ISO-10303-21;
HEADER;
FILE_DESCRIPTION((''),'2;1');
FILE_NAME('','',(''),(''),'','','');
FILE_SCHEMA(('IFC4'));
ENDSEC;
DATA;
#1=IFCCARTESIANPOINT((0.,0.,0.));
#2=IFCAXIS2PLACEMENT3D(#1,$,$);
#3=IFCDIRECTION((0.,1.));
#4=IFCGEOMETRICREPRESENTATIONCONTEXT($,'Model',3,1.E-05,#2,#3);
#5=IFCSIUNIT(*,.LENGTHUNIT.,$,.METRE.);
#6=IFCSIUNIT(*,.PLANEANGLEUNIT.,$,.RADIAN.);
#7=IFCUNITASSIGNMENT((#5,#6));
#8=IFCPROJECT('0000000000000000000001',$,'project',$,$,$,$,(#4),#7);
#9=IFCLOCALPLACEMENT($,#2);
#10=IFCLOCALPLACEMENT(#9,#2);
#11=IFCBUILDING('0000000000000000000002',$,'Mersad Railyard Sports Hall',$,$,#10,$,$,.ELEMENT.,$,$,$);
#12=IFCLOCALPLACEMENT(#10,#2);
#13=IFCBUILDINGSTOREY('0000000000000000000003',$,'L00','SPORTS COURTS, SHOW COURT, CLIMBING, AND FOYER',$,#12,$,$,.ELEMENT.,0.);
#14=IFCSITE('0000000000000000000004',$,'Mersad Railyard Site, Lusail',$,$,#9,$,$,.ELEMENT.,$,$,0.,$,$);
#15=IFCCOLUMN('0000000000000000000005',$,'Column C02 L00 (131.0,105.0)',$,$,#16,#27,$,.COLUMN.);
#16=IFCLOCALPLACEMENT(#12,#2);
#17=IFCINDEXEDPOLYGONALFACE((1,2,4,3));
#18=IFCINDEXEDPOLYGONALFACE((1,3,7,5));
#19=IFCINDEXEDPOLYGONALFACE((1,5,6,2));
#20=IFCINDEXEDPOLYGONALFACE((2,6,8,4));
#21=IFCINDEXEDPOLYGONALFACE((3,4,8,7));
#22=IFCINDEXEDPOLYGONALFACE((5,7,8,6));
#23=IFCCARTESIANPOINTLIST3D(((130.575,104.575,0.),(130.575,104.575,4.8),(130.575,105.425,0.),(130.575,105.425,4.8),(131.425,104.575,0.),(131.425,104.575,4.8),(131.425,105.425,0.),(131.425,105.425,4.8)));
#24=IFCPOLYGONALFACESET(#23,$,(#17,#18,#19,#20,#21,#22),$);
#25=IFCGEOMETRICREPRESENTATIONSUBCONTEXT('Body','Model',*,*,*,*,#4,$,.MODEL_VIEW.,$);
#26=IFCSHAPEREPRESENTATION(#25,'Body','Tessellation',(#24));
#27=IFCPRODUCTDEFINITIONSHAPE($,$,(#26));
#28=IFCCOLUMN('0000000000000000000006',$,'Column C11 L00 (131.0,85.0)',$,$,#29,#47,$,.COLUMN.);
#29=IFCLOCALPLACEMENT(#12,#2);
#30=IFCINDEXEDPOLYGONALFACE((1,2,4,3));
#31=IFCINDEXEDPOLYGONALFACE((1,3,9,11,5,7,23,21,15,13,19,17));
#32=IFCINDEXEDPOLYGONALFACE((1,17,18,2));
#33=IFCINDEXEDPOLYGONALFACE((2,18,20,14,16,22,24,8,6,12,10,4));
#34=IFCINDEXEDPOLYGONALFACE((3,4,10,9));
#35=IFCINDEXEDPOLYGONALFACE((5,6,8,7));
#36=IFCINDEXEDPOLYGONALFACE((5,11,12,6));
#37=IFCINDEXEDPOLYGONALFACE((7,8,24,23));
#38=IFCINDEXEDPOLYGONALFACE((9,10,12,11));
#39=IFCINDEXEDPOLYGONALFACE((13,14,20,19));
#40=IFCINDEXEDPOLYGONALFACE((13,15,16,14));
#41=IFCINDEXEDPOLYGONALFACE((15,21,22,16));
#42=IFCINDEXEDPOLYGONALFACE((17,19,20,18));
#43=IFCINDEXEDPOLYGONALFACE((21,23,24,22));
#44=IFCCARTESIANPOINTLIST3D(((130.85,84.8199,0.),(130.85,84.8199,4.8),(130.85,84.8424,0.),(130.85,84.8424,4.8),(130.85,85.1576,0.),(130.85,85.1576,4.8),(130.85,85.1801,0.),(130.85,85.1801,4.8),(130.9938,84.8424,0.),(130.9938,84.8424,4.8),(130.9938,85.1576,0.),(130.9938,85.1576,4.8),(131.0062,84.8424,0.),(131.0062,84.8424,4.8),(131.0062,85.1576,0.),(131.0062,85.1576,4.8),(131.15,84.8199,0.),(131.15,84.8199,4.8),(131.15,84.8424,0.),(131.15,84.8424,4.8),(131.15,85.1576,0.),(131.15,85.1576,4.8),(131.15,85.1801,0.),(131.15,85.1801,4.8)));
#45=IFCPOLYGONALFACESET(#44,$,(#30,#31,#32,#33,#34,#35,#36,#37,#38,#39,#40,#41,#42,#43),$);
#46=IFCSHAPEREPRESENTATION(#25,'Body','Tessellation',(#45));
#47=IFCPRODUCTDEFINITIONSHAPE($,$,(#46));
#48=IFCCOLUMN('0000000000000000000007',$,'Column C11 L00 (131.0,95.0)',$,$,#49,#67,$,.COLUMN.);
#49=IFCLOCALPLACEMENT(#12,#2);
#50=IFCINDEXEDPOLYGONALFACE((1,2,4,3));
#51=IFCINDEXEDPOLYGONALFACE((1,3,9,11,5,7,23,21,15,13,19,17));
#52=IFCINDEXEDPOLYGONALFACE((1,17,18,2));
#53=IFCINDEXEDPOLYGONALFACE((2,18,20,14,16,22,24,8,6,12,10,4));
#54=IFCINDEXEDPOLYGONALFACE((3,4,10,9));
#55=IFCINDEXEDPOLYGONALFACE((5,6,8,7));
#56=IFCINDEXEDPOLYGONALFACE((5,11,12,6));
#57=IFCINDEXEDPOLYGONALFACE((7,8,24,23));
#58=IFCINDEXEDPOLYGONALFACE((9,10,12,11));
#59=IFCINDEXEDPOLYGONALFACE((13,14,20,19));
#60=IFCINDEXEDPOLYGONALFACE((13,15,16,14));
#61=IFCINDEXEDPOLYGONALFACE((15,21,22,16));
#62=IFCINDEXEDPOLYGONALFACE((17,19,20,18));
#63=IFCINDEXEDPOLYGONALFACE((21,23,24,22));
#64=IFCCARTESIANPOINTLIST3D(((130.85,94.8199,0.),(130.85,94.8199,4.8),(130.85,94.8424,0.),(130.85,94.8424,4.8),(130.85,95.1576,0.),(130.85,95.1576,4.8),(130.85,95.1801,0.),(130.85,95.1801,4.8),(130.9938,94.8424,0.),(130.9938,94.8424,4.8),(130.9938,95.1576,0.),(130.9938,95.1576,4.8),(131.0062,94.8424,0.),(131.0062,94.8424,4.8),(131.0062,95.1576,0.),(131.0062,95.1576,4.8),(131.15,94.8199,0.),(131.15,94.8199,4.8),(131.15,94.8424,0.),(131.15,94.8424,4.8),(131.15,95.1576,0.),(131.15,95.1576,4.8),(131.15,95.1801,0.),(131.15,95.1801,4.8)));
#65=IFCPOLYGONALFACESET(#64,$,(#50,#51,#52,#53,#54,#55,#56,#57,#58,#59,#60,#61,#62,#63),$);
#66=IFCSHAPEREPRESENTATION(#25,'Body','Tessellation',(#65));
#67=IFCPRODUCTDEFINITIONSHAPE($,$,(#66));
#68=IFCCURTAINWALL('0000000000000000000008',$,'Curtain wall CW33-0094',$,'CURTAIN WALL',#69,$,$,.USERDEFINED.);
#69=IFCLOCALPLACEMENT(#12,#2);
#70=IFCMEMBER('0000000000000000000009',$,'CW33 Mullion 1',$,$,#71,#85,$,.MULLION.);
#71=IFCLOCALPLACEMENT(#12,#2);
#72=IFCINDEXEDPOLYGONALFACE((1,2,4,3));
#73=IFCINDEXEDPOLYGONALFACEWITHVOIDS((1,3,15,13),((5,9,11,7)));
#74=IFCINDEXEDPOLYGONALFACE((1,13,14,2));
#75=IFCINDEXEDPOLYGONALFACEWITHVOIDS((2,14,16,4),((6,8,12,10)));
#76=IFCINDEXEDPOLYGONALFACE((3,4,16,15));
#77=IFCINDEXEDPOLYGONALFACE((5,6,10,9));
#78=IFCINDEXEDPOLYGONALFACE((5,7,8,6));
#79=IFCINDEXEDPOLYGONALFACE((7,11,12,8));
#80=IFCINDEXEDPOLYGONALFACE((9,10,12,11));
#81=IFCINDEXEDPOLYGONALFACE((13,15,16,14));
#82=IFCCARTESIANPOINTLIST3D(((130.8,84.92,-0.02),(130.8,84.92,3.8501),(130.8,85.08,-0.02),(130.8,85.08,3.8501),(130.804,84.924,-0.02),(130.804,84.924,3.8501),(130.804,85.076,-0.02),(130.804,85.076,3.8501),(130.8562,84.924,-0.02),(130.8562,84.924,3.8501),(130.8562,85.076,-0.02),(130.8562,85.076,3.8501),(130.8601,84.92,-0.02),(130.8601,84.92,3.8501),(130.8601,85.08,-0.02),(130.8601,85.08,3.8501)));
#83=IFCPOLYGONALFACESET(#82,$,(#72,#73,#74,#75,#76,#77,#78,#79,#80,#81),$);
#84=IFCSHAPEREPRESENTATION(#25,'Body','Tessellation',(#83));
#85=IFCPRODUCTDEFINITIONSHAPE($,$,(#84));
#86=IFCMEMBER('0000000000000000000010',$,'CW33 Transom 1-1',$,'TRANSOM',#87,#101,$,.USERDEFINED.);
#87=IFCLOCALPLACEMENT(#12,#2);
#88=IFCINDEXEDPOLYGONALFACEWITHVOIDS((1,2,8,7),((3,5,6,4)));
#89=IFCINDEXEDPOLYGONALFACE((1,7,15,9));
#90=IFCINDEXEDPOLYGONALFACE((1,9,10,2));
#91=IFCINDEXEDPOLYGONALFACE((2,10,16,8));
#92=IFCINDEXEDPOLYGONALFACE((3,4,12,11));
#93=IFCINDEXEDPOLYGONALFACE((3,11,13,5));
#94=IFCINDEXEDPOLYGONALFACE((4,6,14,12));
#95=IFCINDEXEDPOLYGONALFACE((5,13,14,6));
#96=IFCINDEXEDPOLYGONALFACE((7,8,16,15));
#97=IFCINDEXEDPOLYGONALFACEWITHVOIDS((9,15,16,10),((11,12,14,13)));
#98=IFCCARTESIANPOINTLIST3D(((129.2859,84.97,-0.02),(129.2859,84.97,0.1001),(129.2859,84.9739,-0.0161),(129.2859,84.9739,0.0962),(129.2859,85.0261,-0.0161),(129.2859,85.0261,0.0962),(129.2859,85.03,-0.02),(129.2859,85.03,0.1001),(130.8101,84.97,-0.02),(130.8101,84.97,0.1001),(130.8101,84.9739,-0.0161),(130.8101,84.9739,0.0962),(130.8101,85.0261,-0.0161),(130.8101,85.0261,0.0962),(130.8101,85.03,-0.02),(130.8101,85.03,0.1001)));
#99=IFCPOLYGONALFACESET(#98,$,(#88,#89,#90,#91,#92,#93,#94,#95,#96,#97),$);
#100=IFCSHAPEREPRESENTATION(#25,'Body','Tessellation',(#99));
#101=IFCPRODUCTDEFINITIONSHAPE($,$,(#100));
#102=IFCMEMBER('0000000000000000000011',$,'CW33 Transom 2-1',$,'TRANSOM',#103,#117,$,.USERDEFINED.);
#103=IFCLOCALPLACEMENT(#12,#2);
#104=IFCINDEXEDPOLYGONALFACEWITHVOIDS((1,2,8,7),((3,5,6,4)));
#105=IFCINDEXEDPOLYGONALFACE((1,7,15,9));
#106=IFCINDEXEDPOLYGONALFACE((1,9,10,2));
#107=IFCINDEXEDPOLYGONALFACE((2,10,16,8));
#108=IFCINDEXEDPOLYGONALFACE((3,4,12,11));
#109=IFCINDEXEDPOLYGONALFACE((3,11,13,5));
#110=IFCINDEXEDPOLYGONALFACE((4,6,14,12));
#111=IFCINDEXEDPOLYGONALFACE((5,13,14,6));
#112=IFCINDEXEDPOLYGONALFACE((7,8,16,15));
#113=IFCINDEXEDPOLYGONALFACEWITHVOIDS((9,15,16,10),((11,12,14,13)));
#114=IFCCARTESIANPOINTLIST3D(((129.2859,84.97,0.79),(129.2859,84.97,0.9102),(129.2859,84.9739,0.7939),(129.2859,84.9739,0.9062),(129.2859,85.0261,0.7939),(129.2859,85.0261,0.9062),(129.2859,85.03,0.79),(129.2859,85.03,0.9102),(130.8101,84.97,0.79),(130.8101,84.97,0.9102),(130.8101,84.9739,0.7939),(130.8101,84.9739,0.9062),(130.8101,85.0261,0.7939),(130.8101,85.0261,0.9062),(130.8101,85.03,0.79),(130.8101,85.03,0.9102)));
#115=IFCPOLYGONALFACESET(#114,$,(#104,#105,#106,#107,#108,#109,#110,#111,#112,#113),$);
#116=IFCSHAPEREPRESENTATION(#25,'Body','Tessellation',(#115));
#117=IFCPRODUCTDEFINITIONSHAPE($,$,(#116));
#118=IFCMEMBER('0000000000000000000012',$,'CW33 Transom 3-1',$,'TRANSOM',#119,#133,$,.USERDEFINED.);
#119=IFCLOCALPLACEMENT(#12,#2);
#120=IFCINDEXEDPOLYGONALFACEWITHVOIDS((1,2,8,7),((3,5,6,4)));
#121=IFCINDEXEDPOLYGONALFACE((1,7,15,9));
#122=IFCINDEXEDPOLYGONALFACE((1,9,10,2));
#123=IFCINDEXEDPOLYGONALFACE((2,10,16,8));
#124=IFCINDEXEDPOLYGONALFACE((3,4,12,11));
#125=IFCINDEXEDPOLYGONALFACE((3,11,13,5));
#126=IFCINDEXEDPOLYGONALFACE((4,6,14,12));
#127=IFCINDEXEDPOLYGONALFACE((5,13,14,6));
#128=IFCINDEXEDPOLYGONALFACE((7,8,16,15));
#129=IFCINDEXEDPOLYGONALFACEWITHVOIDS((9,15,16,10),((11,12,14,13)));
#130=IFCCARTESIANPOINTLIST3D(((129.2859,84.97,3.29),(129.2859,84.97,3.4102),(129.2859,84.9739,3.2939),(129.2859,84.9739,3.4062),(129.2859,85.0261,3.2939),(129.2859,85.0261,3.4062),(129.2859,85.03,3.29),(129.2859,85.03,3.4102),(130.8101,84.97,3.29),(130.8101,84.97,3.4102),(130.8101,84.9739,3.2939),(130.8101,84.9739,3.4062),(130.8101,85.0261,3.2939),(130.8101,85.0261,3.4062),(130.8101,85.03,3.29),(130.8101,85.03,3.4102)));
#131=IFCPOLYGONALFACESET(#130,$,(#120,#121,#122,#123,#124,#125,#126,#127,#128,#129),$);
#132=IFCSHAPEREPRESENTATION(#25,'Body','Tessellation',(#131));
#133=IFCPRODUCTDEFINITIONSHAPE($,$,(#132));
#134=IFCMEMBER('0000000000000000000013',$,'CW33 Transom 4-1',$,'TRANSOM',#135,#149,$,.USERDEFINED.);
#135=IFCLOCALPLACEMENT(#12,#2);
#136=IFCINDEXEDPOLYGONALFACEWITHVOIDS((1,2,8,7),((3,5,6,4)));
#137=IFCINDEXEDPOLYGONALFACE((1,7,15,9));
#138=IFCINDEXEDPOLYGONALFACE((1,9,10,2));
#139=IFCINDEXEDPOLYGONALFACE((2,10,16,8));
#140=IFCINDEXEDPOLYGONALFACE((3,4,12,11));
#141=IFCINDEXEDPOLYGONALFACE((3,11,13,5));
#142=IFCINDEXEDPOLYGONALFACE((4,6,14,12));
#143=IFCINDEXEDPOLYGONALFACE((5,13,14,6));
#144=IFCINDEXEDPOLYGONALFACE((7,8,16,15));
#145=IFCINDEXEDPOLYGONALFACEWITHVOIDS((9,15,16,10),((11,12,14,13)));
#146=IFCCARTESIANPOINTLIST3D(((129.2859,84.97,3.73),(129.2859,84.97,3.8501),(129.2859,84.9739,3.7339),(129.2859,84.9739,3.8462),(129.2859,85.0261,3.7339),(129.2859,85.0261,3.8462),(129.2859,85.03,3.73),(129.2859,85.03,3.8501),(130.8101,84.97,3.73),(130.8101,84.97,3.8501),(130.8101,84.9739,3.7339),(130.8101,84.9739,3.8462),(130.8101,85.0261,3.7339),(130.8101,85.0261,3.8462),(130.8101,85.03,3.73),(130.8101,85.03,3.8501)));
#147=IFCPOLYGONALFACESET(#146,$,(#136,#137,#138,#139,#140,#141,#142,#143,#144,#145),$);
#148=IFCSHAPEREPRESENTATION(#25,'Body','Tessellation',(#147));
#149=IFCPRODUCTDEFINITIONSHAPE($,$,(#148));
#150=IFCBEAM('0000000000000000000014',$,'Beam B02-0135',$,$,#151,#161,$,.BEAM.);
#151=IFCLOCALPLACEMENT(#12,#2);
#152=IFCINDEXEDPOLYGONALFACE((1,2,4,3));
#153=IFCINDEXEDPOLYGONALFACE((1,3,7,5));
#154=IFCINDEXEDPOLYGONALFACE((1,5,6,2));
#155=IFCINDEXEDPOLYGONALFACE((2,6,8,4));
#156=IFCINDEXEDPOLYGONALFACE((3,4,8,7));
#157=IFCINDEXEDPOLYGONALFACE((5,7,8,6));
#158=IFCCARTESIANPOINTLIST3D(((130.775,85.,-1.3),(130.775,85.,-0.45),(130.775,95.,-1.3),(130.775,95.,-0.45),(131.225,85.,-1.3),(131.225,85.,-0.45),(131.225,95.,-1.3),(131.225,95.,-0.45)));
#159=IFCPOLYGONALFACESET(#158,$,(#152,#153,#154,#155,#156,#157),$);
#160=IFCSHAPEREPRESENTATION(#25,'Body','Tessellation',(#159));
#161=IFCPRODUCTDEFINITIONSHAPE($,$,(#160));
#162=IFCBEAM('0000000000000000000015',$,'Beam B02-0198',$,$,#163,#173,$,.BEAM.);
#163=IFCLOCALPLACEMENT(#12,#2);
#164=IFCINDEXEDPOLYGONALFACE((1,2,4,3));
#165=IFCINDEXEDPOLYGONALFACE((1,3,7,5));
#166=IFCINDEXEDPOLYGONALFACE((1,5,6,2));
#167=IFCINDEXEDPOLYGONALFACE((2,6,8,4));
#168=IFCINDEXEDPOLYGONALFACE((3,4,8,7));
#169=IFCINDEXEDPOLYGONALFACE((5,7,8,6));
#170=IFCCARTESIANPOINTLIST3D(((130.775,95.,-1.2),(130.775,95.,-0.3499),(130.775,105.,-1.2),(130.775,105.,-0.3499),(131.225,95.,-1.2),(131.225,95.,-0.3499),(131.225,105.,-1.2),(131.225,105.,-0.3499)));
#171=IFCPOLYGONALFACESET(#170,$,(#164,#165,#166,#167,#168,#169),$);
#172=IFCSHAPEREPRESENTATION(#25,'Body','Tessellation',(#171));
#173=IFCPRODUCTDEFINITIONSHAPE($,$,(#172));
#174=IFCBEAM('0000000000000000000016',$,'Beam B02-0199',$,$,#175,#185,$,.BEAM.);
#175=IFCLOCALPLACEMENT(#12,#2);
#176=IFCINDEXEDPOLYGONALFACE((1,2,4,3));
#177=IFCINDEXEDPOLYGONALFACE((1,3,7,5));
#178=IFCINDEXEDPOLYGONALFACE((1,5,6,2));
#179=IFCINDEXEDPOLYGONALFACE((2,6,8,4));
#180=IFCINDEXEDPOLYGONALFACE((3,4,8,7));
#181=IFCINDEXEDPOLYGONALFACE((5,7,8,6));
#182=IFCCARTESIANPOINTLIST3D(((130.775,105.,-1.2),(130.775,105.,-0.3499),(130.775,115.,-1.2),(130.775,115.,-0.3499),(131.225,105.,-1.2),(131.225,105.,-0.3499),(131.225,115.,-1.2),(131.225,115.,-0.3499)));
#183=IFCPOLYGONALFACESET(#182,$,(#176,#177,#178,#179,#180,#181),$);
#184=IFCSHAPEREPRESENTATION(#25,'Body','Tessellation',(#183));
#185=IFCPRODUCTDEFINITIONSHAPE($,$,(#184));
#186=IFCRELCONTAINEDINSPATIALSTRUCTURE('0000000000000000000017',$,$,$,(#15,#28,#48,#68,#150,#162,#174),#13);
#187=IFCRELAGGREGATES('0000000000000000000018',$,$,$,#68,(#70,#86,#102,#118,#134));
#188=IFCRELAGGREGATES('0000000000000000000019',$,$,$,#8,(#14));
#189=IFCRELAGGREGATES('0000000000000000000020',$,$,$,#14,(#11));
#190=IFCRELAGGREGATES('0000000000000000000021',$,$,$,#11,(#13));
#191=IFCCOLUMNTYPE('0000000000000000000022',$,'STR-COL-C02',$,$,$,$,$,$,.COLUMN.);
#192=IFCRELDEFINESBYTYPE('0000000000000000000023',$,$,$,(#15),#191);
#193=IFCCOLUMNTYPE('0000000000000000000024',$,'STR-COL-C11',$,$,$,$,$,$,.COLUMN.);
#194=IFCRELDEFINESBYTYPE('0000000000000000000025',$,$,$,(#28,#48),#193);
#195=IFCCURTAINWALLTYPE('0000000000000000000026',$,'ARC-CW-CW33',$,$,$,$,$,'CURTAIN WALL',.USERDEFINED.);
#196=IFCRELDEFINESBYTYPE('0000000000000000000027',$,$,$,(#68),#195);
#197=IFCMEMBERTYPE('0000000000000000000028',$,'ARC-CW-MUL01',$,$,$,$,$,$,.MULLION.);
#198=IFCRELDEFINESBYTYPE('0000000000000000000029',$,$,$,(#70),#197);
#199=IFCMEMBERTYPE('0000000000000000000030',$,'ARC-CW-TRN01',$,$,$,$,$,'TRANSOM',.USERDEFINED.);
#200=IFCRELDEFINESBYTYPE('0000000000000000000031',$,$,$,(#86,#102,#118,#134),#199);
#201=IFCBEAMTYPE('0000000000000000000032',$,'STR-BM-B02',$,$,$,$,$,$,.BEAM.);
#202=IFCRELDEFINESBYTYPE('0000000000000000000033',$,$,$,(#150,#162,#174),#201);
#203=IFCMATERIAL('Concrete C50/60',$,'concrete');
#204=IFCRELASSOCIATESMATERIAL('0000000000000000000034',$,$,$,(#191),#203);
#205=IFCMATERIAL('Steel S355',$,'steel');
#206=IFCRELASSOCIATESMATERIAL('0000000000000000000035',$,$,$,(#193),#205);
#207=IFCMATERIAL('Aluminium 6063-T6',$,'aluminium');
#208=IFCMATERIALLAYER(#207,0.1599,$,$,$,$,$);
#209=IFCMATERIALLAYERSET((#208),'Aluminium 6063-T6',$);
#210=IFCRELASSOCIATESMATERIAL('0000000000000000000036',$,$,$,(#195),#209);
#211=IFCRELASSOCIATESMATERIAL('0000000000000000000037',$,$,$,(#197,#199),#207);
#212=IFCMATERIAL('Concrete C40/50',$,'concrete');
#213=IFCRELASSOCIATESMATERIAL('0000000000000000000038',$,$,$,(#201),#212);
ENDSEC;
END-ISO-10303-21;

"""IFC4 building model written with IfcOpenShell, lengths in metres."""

from ifc_helpers import new_model, si_unit, direction, frame, origin, origin_2d, place, context, subcontext, project, spatial, rectangle, hollow_rectangle, i_section, extrude, material, layer, layer_set, material_profile, profile_set, type_object, element, aggregate, save


model = new_model("IFC4")

# Units and contexts
model_context = context("Model", 3, precision=1e-05, world=origin(), true_north=direction((0.0, 1.0)))
body_context = subcontext(model_context, "Body", "Model", "MODEL_VIEW")
ifc_project = project(units=[si_unit("LENGTHUNIT", "METRE"), si_unit("PLANEANGLEUNIT", "RADIAN")], contexts=[model_context])

# Site, building, storey
site_placement = place(None, origin())
site = spatial("IfcSite", under=ifc_project, at=site_placement, Name="Mersad Railyard Site, Lusail", CompositionType="ELEMENT", RefElevation=0.0)
building_placement = place(site_placement, origin())
building = spatial("IfcBuilding", under=site, at=building_placement, Name="Mersad Railyard Sports Hall", CompositionType="ELEMENT")
storey_placement = place(building_placement, origin())
storey = spatial("IfcBuildingStorey", under=building, at=storey_placement, Name="L00", Description="SPORTS COURTS, SHOW COURT, CLIMBING, AND FOYER", CompositionType="ELEMENT", Elevation=0.0)

# Columns
ifc_material_1 = material(Name="Concrete C50/60", Category="concrete")
ifc_material_profile_1 = material_profile(ifc_material_1, rectangle(XDim=0.8501, YDim=0.8501, at=origin_2d()), Name="RC 850x850")
ifc_profile_set_1 = profile_set([ifc_material_profile_1], Name="Concrete C50/60")
column_type_1 = type_object("IfcColumnType", Name="STR-COL-C02", PredefinedType="COLUMN", material=ifc_profile_set_1)
column_placement = place(storey_placement, frame((131.0, 105.0, 0.0), z_axis=(0.0, 0.0, 1.0), x_axis=(1.0, 0.0, 0.0)))
element("IfcColumn", 1, at=column_placement, inside=storey, type_object=column_type_1, Name="Column C02 L00 (131.0,105.0)", PredefinedType="COLUMN", context=body_context, shape_type="SweptSolid", body=[
    extrude(rectangle(XDim=0.8501, YDim=0.8501, at=origin_2d()), origin(), (0.0, 0.0, 1.0), 4.8),
])
ifc_material_2 = material(Name="Steel S355", Category="steel")
ifc_material_profile_2 = material_profile(ifc_material_2, i_section(OverallWidth=0.3, OverallDepth=0.3601, WebThickness=0.0125, FlangeThickness=0.0225, at=origin_2d()), Name="HEB 360")
ifc_profile_set_2 = profile_set([ifc_material_profile_2], Name="Steel S355")
column_type_2 = type_object("IfcColumnType", Name="STR-COL-C11", PredefinedType="COLUMN", material=ifc_profile_set_2)
for number, where, z_axis, x_axis, name in (
    (2, (131.0, 85.0, 0.0), (0.0, 0.0, 1.0), (1.0, 0.0, 0.0), "Column C11 L00 (131.0,85.0)"),
    (3, (131.0, 95.0, 0.0), (0.0, 0.0, 1.0), (1.0, 0.0, 0.0), "Column C11 L00 (131.0,95.0)"),
):
    element("IfcColumn", number, at=place(storey_placement, frame(where, z_axis=z_axis, x_axis=x_axis)), inside=storey, type_object=column_type_2, Name=name, PredefinedType="COLUMN", context=body_context, shape_type="SweptSolid", body=[
        extrude(i_section(OverallWidth=0.3, OverallDepth=0.3601, WebThickness=0.0125, FlangeThickness=0.0225, at=origin_2d()), origin(), (0.0, 0.0, 1.0), 4.8),
    ])

# Curtain wall, members
ifc_material_3 = material(Name="Aluminium 6063-T6", Category="aluminium")
ifc_layer_1 = layer(ifc_material_3, 0.1599)
ifc_layer_set_1 = layer_set([ifc_layer_1], Name="Aluminium 6063-T6")
curtain_wall_type_1 = type_object("IfcCurtainWallType", Name="ARC-CW-CW33", ElementType="CURTAIN WALL", PredefinedType="USERDEFINED", material=ifc_layer_set_1)
curtain_wall_1_placement = place(storey_placement, origin())
curtain_wall_1 = element("IfcCurtainWall", 4, at=curtain_wall_1_placement, inside=storey, type_object=curtain_wall_type_1, Name="Curtain wall CW33-0094", ObjectType="CURTAIN WALL", PredefinedType="USERDEFINED")
ifc_material_profile_3 = material_profile(ifc_material_3, hollow_rectangle(XDim=0.0601, YDim=0.1599, WallThickness=0.0039, at=origin_2d()), Name="AL MULLION 60x160x4")
ifc_profile_set_3 = profile_set([ifc_material_profile_3], Name="Aluminium 6063-T6")
member_type_1 = type_object("IfcMemberType", Name="ARC-CW-MUL01", PredefinedType="MULLION", material=ifc_profile_set_3)
member_1_placement = place(storey_placement, frame((130.8301, 85.0, -0.02), z_axis=(0.0, 0.0, 1.0), x_axis=(1.0, 0.0, 0.0)))
member_1 = element("IfcMember", 5, at=member_1_placement, type_object=member_type_1, Name="CW33 Mullion 1", PredefinedType="MULLION", context=body_context, shape_type="SweptSolid", body=[
    extrude(hollow_rectangle(XDim=0.0601, YDim=0.1599, WallThickness=0.0039, at=origin_2d()), origin(), (0.0, 0.0, 1.0), 3.8701),
])
ifc_material_profile_4 = material_profile(ifc_material_3, hollow_rectangle(XDim=0.0601, YDim=0.1201, WallThickness=0.0039, at=origin_2d()), Name="AL TRANSOM 60x120x4")
ifc_profile_set_4 = profile_set([ifc_material_profile_4], Name="Aluminium 6063-T6")
member_type_2 = type_object("IfcMemberType", Name="ARC-CW-TRN01", ElementType="TRANSOM", PredefinedType="USERDEFINED", material=ifc_profile_set_4)
member_2_placement = place(storey_placement, frame((130.8101, 85.0, 0.04), z_axis=(-1.0, 0.0, 0.0), x_axis=(0.0, -1.0, 0.0)))
member_2 = element("IfcMember", 6, at=member_2_placement, type_object=member_type_2, Name="CW33 Transom 1-1", ObjectType="TRANSOM", PredefinedType="USERDEFINED", context=body_context, shape_type="SweptSolid", body=[
    extrude(hollow_rectangle(XDim=0.0601, YDim=0.1201, WallThickness=0.0039, at=origin_2d()), origin(), (0.0, 0.0, 1.0), 1.5242),
])
member_3_placement = place(storey_placement, frame((130.8101, 85.0, 0.8501), z_axis=(-1.0, 0.0, 0.0), x_axis=(0.0, -1.0, 0.0)))
member_3 = element("IfcMember", 7, at=member_3_placement, type_object=member_type_2, Name="CW33 Transom 2-1", ObjectType="TRANSOM", PredefinedType="USERDEFINED", context=body_context, shape_type="SweptSolid", body=[
    extrude(hollow_rectangle(XDim=0.0601, YDim=0.1201, WallThickness=0.0039, at=origin_2d()), origin(), (0.0, 0.0, 1.0), 1.5242),
])
member_4_placement = place(storey_placement, frame((130.8101, 85.0, 3.3501), z_axis=(-1.0, 0.0, 0.0), x_axis=(0.0, -1.0, 0.0)))
member_4 = element("IfcMember", 8, at=member_4_placement, type_object=member_type_2, Name="CW33 Transom 3-1", ObjectType="TRANSOM", PredefinedType="USERDEFINED", context=body_context, shape_type="SweptSolid", body=[
    extrude(hollow_rectangle(XDim=0.0601, YDim=0.1201, WallThickness=0.0039, at=origin_2d()), origin(), (0.0, 0.0, 1.0), 1.5242),
])
member_5_placement = place(storey_placement, frame((130.8101, 85.0, 3.79), z_axis=(-1.0, 0.0, 0.0), x_axis=(0.0, -1.0, 0.0)))
member_5 = element("IfcMember", 9, at=member_5_placement, type_object=member_type_2, Name="CW33 Transom 4-1", ObjectType="TRANSOM", PredefinedType="USERDEFINED", context=body_context, shape_type="SweptSolid", body=[
    extrude(hollow_rectangle(XDim=0.0601, YDim=0.1201, WallThickness=0.0039, at=origin_2d()), origin(), (0.0, 0.0, 1.0), 1.5242),
])

# Beams
ifc_material_4 = material(Name="Concrete C40/50", Category="concrete")
ifc_material_profile_5 = material_profile(ifc_material_4, rectangle(XDim=0.45, YDim=0.8501, at=origin_2d()), Name="RC 450x850")
ifc_profile_set_5 = profile_set([ifc_material_profile_5], Name="Concrete C40/50")
beam_type_1 = type_object("IfcBeamType", Name="STR-BM-B02", PredefinedType="BEAM", material=ifc_profile_set_5)
for number, where, z_axis, x_axis, name in (
    (10, (131.0, 85.0, -0.875), (0.0, 1.0, 0.0), (-1.0, 0.0, 0.0), "Beam B02-0135"),
    (11, (131.0, 95.0, -0.7749), (0.0, 1.0, 0.0), (-1.0, 0.0, 0.0), "Beam B02-0198"),
    (12, (131.0, 105.0, -0.7749), (0.0, 1.0, 0.0), (-1.0, 0.0, 0.0), "Beam B02-0199"),
):
    element("IfcBeam", number, at=place(storey_placement, frame(where, z_axis=z_axis, x_axis=x_axis)), inside=storey, type_object=beam_type_1, Name=name, PredefinedType="BEAM", context=body_context, shape_type="SweptSolid", body=[
        extrude(rectangle(XDim=0.45, YDim=0.8501, at=origin_2d()), origin(), (0.0, 0.0, 1.0), 10.0),
    ])

aggregate(curtain_wall_1, [member_1, member_2, member_3, member_4, member_5])

save(model, "model.ifc")
